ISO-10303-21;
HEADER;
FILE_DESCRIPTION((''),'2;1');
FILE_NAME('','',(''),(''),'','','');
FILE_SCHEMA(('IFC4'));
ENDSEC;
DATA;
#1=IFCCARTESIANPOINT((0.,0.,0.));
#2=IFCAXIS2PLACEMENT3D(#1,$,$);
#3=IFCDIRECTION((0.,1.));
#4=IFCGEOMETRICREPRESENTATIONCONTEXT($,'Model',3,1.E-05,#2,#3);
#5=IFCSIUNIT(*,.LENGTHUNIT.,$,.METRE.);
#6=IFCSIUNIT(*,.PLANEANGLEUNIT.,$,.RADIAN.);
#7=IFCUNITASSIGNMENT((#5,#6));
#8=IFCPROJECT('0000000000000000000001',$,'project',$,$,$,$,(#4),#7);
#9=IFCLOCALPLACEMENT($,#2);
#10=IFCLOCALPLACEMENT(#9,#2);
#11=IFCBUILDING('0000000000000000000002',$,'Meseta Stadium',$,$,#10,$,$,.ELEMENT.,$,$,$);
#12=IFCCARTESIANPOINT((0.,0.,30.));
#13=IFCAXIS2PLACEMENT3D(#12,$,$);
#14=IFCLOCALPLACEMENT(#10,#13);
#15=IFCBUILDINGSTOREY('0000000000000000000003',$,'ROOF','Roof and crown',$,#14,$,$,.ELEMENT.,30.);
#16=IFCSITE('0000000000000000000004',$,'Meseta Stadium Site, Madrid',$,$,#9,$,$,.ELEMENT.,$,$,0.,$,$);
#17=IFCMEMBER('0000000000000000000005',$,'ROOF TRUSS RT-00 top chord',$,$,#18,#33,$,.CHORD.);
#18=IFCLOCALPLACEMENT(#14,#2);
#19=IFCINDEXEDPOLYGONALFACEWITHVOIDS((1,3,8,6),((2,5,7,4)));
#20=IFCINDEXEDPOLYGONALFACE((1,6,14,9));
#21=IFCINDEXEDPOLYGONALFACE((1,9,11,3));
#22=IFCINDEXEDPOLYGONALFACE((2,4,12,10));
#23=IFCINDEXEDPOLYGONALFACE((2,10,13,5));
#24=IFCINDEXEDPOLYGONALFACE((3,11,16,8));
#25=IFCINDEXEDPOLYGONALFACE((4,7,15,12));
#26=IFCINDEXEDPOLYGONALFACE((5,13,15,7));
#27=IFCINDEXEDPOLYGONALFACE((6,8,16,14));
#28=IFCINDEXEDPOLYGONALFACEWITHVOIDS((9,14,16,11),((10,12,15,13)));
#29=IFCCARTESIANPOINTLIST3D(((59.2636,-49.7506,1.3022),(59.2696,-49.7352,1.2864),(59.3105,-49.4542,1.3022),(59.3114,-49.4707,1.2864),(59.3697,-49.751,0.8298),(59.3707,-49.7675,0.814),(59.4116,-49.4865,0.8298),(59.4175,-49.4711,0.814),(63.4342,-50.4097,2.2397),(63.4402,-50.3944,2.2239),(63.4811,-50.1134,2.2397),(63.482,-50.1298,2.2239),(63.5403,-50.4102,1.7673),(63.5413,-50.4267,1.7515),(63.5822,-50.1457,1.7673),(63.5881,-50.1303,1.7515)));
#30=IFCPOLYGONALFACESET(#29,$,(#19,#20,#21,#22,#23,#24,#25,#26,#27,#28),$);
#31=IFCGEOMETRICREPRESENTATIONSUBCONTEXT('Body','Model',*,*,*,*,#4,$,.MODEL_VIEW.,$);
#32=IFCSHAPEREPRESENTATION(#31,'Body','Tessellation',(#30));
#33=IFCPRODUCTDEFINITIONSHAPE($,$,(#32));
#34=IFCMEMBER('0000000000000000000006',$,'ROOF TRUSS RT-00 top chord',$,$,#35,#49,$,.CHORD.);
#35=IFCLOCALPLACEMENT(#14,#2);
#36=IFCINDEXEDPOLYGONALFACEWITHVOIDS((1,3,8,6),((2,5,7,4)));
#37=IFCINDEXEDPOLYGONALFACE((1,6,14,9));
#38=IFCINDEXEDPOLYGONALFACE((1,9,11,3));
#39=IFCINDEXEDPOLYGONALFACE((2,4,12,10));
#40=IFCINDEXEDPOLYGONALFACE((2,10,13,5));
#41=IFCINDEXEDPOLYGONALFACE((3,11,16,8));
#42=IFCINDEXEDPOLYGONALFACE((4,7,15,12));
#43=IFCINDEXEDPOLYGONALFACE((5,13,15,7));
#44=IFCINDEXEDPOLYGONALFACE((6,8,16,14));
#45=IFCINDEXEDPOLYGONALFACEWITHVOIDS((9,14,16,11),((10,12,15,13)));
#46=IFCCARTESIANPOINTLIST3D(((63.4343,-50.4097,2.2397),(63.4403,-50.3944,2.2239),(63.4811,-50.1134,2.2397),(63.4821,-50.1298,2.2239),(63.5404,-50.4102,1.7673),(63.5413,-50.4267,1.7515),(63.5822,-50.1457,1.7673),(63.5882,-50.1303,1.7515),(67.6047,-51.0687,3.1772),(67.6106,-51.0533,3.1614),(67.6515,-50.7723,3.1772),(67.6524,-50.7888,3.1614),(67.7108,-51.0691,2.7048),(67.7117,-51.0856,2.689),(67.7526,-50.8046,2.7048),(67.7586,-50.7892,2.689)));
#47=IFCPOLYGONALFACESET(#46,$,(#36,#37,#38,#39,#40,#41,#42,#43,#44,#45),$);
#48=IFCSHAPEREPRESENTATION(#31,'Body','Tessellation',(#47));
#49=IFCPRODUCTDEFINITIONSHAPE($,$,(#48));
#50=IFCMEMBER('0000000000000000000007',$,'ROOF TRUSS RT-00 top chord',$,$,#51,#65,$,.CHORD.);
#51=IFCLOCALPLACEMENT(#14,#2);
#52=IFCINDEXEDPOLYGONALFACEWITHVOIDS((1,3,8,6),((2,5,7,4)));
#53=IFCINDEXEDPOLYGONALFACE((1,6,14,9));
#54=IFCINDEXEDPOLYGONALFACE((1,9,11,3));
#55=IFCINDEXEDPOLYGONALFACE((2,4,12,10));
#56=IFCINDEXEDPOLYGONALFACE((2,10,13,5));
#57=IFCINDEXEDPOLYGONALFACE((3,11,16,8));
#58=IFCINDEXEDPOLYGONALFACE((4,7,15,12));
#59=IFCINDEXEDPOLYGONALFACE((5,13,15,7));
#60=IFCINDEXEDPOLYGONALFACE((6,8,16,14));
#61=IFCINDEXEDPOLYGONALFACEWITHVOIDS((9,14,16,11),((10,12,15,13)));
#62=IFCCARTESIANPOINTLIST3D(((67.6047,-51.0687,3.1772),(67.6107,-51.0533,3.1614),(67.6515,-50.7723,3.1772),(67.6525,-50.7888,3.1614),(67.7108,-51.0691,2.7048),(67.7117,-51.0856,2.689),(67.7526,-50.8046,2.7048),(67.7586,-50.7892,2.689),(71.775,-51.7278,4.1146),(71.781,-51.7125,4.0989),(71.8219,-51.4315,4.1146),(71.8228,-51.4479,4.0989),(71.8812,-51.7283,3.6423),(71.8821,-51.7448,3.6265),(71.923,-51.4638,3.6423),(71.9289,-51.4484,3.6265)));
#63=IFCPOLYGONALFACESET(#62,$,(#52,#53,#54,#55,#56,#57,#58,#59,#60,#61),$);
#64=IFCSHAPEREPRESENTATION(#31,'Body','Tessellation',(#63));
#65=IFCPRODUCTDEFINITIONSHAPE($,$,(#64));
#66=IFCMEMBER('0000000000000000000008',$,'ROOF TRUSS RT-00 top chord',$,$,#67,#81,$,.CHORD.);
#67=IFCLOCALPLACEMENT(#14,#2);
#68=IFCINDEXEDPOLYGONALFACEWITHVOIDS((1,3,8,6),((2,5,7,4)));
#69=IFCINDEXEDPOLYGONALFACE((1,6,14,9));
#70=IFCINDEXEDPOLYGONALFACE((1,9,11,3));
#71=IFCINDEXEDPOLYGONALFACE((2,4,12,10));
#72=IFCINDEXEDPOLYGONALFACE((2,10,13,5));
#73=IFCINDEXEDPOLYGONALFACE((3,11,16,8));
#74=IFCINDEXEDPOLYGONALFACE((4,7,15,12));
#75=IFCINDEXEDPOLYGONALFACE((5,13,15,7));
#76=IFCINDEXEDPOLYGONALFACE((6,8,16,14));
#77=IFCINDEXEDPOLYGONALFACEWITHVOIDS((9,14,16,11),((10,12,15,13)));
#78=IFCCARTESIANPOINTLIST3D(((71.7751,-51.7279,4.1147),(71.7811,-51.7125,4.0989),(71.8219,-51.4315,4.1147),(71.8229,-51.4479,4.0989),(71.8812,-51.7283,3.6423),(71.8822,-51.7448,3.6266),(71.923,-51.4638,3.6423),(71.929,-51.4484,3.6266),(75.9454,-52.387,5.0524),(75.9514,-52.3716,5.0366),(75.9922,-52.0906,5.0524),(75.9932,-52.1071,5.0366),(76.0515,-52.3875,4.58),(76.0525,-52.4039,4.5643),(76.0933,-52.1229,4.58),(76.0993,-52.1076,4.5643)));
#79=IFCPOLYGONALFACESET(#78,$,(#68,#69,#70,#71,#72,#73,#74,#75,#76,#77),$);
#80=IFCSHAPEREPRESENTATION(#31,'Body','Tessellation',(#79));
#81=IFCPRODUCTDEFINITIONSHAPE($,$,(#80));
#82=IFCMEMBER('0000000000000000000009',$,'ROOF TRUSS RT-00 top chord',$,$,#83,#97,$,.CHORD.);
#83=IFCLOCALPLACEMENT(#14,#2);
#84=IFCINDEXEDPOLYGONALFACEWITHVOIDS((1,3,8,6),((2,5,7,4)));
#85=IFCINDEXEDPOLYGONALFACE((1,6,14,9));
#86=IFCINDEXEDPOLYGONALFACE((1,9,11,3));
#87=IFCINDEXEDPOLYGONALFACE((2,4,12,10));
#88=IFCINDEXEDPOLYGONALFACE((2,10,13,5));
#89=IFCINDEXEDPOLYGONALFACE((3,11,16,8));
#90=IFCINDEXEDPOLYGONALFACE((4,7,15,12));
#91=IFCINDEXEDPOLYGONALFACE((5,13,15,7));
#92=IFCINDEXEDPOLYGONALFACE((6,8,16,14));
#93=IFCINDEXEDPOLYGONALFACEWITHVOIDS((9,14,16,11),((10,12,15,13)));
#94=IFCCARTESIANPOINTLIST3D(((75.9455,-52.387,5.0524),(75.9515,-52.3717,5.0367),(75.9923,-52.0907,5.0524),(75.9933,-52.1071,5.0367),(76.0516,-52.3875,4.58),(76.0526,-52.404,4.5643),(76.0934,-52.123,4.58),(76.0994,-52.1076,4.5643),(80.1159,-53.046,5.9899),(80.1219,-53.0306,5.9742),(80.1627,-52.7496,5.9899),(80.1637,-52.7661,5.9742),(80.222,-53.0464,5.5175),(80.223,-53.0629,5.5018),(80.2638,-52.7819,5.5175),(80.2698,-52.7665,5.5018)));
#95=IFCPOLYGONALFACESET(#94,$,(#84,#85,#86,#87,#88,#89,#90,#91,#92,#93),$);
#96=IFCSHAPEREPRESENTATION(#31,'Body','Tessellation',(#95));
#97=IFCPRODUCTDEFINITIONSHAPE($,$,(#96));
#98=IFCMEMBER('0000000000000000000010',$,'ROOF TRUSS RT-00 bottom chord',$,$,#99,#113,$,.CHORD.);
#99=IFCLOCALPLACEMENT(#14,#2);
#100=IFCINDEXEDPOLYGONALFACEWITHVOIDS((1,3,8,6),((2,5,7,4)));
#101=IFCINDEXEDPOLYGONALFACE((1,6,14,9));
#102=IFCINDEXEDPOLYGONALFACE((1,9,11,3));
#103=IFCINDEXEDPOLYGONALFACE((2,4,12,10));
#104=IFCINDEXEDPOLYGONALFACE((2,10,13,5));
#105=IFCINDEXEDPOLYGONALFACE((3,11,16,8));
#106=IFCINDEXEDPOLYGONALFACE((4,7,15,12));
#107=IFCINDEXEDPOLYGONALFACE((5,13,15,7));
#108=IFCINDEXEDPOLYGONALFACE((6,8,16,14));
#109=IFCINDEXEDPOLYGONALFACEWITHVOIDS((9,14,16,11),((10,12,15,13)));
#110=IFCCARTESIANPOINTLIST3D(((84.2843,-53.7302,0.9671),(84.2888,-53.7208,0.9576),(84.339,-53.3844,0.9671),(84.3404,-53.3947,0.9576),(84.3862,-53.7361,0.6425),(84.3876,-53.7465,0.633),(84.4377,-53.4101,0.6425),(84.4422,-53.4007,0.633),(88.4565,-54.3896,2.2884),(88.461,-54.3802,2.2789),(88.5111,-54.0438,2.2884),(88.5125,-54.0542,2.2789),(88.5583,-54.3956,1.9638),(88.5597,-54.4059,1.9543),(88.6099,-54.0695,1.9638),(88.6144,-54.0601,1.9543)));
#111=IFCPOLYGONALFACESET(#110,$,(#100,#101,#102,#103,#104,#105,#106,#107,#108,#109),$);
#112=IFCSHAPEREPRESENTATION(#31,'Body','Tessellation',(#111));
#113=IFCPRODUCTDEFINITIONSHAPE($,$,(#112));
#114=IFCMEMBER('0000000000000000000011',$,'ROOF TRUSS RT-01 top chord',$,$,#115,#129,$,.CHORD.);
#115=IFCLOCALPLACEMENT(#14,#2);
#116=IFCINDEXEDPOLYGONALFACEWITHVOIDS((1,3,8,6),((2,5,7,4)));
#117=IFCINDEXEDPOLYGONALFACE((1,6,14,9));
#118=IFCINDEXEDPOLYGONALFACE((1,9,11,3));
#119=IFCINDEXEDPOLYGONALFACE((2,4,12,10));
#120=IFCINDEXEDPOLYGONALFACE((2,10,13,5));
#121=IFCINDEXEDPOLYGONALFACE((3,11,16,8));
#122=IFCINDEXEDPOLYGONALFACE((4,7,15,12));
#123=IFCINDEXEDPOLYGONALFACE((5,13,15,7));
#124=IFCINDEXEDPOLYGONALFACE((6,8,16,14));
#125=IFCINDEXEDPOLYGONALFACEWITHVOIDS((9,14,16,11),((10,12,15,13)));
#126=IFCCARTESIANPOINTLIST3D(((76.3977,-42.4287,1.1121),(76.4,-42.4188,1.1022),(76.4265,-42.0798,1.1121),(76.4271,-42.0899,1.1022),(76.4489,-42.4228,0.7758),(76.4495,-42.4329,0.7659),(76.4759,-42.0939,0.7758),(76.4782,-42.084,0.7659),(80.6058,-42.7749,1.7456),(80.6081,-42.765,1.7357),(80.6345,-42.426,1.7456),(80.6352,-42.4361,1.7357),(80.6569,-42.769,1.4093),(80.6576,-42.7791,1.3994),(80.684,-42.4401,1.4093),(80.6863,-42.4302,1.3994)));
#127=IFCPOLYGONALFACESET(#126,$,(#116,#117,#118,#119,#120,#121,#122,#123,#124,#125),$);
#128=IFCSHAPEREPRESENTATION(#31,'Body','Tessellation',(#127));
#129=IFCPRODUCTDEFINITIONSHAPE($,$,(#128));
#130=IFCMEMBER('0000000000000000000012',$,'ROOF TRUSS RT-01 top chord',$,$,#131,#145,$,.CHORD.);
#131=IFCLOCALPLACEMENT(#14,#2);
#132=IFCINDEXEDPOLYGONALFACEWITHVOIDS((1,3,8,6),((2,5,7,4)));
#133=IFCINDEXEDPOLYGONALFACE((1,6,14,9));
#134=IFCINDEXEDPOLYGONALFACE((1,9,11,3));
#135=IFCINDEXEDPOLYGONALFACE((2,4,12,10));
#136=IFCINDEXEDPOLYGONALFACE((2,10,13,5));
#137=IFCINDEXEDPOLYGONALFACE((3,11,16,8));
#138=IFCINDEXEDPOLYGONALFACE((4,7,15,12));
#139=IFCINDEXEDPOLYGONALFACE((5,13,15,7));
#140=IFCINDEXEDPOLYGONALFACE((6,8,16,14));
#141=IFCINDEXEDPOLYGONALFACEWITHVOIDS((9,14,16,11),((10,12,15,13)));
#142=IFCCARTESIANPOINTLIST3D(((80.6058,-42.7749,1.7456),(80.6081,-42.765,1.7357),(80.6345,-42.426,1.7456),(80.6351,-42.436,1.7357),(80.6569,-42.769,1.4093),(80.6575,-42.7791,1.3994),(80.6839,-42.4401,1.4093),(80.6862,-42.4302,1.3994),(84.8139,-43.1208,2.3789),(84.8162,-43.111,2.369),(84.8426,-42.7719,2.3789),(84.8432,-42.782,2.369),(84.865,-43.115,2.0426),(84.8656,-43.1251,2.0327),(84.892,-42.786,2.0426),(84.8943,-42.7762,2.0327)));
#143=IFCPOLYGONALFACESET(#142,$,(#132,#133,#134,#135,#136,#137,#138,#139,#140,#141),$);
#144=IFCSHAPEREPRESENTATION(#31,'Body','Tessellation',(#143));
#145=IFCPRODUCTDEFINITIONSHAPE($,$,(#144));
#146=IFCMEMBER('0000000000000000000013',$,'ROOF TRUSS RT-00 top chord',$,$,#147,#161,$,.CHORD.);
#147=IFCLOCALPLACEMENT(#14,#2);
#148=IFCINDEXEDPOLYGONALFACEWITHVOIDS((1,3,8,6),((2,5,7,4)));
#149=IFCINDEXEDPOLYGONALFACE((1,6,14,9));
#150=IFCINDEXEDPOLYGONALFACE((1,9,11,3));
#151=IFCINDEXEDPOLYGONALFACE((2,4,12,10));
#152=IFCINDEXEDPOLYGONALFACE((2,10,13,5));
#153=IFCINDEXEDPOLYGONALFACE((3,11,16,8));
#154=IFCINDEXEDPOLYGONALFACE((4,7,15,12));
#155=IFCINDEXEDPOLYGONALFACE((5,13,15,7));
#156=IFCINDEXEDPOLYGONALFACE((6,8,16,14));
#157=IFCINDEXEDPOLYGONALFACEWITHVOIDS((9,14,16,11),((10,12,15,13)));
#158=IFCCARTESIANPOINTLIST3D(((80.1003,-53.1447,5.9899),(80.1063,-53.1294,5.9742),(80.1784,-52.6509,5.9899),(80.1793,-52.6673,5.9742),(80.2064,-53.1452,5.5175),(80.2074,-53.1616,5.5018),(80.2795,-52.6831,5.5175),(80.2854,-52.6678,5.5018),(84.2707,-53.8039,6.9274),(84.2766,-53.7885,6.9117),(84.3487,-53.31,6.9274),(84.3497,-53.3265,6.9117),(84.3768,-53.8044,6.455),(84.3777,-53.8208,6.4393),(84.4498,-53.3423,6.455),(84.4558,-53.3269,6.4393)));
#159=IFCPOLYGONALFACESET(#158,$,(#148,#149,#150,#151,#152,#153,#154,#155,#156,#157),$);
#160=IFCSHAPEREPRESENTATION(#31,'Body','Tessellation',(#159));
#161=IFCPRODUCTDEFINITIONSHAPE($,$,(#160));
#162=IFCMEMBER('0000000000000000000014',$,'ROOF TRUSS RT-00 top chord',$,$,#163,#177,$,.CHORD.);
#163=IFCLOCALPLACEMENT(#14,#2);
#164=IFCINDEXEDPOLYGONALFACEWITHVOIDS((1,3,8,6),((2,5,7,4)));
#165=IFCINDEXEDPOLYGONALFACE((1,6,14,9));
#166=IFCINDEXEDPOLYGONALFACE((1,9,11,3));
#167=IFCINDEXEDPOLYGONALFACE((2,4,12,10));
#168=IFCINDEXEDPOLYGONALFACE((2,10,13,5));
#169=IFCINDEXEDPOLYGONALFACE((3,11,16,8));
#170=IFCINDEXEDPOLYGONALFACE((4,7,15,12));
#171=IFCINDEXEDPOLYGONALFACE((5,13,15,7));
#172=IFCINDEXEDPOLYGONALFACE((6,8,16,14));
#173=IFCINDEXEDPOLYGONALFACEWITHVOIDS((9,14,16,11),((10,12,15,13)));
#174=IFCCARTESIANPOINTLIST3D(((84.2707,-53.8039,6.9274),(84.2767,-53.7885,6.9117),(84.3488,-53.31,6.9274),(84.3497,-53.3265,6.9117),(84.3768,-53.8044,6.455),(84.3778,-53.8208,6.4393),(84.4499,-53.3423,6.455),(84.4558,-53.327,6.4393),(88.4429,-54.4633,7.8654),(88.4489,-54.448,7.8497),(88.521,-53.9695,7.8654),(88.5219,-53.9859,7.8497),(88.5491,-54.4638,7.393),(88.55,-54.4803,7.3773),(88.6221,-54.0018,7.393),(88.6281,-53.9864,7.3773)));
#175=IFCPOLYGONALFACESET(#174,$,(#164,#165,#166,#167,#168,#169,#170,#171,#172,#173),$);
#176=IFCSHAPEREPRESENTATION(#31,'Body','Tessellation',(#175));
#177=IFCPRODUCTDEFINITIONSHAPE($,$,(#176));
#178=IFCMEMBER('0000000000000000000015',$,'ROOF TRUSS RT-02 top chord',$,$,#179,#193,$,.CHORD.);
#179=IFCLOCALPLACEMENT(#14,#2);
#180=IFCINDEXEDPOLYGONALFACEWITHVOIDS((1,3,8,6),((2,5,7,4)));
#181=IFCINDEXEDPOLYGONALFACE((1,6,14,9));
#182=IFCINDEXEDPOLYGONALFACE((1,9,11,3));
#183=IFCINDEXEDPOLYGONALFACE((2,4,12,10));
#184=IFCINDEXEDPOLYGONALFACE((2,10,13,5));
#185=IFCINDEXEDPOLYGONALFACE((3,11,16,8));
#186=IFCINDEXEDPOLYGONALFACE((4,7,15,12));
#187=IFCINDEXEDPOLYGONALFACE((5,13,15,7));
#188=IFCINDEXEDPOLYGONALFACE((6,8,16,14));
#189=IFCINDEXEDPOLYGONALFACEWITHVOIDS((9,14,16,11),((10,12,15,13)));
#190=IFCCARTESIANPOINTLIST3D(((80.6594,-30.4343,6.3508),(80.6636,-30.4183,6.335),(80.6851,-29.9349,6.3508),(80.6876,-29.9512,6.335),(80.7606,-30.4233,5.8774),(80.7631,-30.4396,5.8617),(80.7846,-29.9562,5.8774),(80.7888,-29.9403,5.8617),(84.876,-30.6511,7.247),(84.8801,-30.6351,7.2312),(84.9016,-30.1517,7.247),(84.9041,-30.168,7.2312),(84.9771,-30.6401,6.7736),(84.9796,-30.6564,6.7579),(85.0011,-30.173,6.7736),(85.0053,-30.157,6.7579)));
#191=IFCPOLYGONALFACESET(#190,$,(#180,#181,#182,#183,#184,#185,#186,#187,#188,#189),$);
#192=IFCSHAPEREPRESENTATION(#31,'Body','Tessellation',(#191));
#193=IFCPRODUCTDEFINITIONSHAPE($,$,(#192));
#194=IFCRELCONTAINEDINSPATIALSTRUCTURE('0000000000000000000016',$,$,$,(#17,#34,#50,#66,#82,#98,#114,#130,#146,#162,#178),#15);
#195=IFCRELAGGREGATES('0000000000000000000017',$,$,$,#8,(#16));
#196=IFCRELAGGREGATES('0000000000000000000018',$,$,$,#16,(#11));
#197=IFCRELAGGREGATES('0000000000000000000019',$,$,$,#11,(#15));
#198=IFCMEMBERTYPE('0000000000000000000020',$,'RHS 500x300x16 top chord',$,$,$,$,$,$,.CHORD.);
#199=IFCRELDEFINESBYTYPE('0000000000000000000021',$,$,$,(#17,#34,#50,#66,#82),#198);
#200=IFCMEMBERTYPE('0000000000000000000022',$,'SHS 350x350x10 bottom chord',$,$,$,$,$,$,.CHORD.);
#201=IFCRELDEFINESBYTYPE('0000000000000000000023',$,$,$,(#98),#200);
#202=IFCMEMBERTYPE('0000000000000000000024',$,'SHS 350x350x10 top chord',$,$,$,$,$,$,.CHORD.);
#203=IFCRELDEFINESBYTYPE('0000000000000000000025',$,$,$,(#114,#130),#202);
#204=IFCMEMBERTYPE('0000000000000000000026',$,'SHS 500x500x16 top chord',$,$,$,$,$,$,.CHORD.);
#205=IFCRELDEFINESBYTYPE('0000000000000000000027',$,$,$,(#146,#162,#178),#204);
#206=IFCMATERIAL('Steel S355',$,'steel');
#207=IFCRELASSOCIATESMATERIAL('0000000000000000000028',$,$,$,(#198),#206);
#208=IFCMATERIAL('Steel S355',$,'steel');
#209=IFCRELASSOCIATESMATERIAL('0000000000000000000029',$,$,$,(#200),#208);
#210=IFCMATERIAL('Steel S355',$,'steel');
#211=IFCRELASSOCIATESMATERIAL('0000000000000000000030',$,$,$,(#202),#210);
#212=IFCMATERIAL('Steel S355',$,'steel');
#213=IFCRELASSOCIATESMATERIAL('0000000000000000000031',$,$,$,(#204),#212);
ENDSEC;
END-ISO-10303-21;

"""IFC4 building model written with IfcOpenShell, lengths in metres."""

from ifc_helpers import new_model, si_unit, direction, frame, origin, origin_2d, place, context, subcontext, project, spatial, hollow_rectangle, extrude, material, material_profile, profile_set, type_object, element, save


model = new_model("IFC4")

# Units and contexts
model_context = context("Model", 3, precision=1e-05, world=origin(), true_north=direction((0.0, 1.0)))
body_context = subcontext(model_context, "Body", "Model", "MODEL_VIEW")
ifc_project = project(units=[si_unit("LENGTHUNIT", "METRE"), si_unit("PLANEANGLEUNIT", "RADIAN")], contexts=[model_context])

# Site, building, storey
site_placement = place(None, origin())
site = spatial("IfcSite", under=ifc_project, at=site_placement, Name="Meseta Stadium Site, Madrid", CompositionType="ELEMENT", RefElevation=0.0)
building_placement = place(site_placement, origin())
building = spatial("IfcBuilding", under=site, at=building_placement, Name="Meseta Stadium", CompositionType="ELEMENT")
storey_placement = place(building_placement, frame((0.0, 0.0, 30.0)))
storey = spatial("IfcBuildingStorey", under=building, at=storey_placement, Name="ROOF", Description="Roof and crown", CompositionType="ELEMENT", Elevation=30.0)

# Members
ifc_material_1 = material(Name="Steel S355", Category="steel")
ifc_material_profile_1 = material_profile(ifc_material_1, hollow_rectangle(XDim=0.3, YDim=0.5, WallThickness=0.0161, at=origin_2d()), Name="RHS 500x300x16")
ifc_profile_set_1 = profile_set([ifc_material_profile_1], Name="Steel S355")
member_type_1 = type_object("IfcMemberType", Name="RHS 500x300x16 top chord", PredefinedType="CHORD", material=ifc_profile_set_1)
member_1_placement = place(storey_placement, frame((59.3406, -49.6108, 1.0581), z_axis=(0.964258, -0.152403, 0.216751), x_axis=(0.156114, 0.987739, 0.0)))
element("IfcMember", 1, at=member_1_placement, inside=storey, type_object=member_type_1, Name="ROOF TRUSS RT-00 top chord", PredefinedType="CHORD", context=body_context, shape_type="SweptSolid", body=[
    extrude(hollow_rectangle(XDim=0.3, YDim=0.5, WallThickness=0.0161, at=origin_2d()), origin(), (0.0, 0.0, 1.0), 4.3252),
])
for number, where, z_axis, x_axis, name in (
    (2, (63.5112, -50.27, 1.9956), (0.964262, -0.152356, 0.216764), (0.156066, 0.987747, 0.0), "ROOF TRUSS RT-00 top chord"),
    (3, (67.6816, -50.929, 2.9331), (0.964254, -0.152411, 0.216762), (0.156123, 0.987738, 0.0), "ROOF TRUSS RT-00 top chord"),
    (4, (71.8521, -51.5881, 3.8706), (0.964242, -0.152409, 0.216816), (0.156123, 0.987738, 0.0), "ROOF TRUSS RT-00 top chord"),
    (5, (76.0225, -52.2473, 4.8083), (0.964262, -0.152356, 0.216764), (0.156066, 0.987747, 0.0), "ROOF TRUSS RT-00 top chord"),
):
    element("IfcMember", number, at=place(storey_placement, frame(where, z_axis=z_axis, x_axis=x_axis)), inside=storey, type_object=member_type_1, Name=name, PredefinedType="CHORD", context=body_context, shape_type="SweptSolid", body=[
        extrude(hollow_rectangle(XDim=0.3, YDim=0.5, WallThickness=0.0161, at=origin_2d()), origin(), (0.0, 0.0, 1.0), 4.325),
    ])
ifc_material_2 = material(Name="Steel S355", Category="steel")
ifc_material_profile_2 = material_profile(ifc_material_2, hollow_rectangle(XDim=0.3501, YDim=0.3501, WallThickness=0.01, at=origin_2d()), Name="SHS 350x350x10")
ifc_profile_set_2 = profile_set([ifc_material_profile_2], Name="Steel S355")
member_type_2 = type_object("IfcMemberType", Name="SHS 350x350x10 bottom chord", PredefinedType="CHORD", material=ifc_profile_set_2)
member_2_placement = place(storey_placement, frame((84.3633, -53.5654, 0.8), z_axis=(0.942693, -0.148997, 0.298546), x_axis=(0.156117, 0.987739, 0.0)))
element("IfcMember", 6, at=member_2_placement, inside=storey, type_object=member_type_2, Name="ROOF TRUSS RT-00 bottom chord", PredefinedType="CHORD", context=body_context, shape_type="SweptSolid", body=[
    extrude(hollow_rectangle(XDim=0.3501, YDim=0.3501, WallThickness=0.01, at=origin_2d()), origin(), (0.0, 0.0, 1.0), 4.4258),
])
ifc_material_3 = material(Name="Steel S355", Category="steel")
ifc_material_profile_3 = material_profile(ifc_material_3, hollow_rectangle(XDim=0.3501, YDim=0.3501, WallThickness=0.01, at=origin_2d()), Name="SHS 350x350x10")
ifc_profile_set_3 = profile_set([ifc_material_profile_3], Name="Steel S355")
member_type_3 = type_object("IfcMemberType", Name="SHS 350x350x10 top chord", PredefinedType="CHORD", material=ifc_profile_set_3)
for number, where, z_axis, x_axis, name in (
    (7, (76.438, -42.2563, 0.939), (0.985599, -0.081085, 0.148389), (0.081993, 0.996633, 0.0), "ROOF TRUSS RT-01 top chord"),
    (8, (80.646, -42.6025, 1.5725), (0.985612, -0.081029, 0.148334), (0.081935, 0.996638, 0.0), "ROOF TRUSS RT-01 top chord"),
):
    element("IfcMember", number, at=place(storey_placement, frame(where, z_axis=z_axis, x_axis=x_axis)), inside=storey, type_object=member_type_3, Name=name, PredefinedType="CHORD", context=body_context, shape_type="SweptSolid", body=[
        extrude(hollow_rectangle(XDim=0.3501, YDim=0.3501, WallThickness=0.01, at=origin_2d()), origin(), (0.0, 0.0, 1.0), 4.2695),
    ])
ifc_material_4 = material(Name="Steel S355", Category="steel")
ifc_material_profile_4 = material_profile(ifc_material_4, hollow_rectangle(XDim=0.5, YDim=0.5, WallThickness=0.0161, at=origin_2d()), Name="SHS 500x500x16")
ifc_profile_set_4 = profile_set([ifc_material_profile_4], Name="Steel S355")
member_type_4 = type_object("IfcMemberType", Name="SHS 500x500x16 top chord", PredefinedType="CHORD", material=ifc_profile_set_4)
member_3_placement = place(storey_placement, frame((80.1929, -52.9062, 5.7458), z_axis=(0.964254, -0.152411, 0.216762), x_axis=(0.156123, 0.987738, 0.0)))
element("IfcMember", 9, at=member_3_placement, inside=storey, type_object=member_type_4, Name="ROOF TRUSS RT-00 top chord", PredefinedType="CHORD", context=body_context, shape_type="SweptSolid", body=[
    extrude(hollow_rectangle(XDim=0.5, YDim=0.5, WallThickness=0.0161, at=origin_2d()), origin(), (0.0, 0.0, 1.0), 4.325),
])
member_4_placement = place(storey_placement, frame((84.3633, -53.5654, 6.6833), z_axis=(0.964249, -0.152404, 0.216785), x_axis=(0.156117, 0.987739, 0.0)))
element("IfcMember", 10, at=member_4_placement, inside=storey, type_object=member_type_4, Name="ROOF TRUSS RT-00 top chord", PredefinedType="CHORD", context=body_context, shape_type="SweptSolid", body=[
    extrude(hollow_rectangle(XDim=0.5, YDim=0.5, WallThickness=0.0161, at=origin_2d()), origin(), (0.0, 0.0, 1.0), 4.3269),
])
member_5_placement = place(storey_placement, frame((80.7241, -30.1873, 6.1062), z_axis=(0.976914, -0.050229, 0.207646), x_axis=(0.051348, 0.998681, 0.0)))
element("IfcMember", 11, at=member_5_placement, inside=storey, type_object=member_type_4, Name="ROOF TRUSS RT-02 top chord", PredefinedType="CHORD", context=body_context, shape_type="SweptSolid", body=[
    extrude(hollow_rectangle(XDim=0.5, YDim=0.5, WallThickness=0.0161, at=origin_2d()), origin(), (0.0, 0.0, 1.0), 4.3162),
])

save(model, "model.ifc")
